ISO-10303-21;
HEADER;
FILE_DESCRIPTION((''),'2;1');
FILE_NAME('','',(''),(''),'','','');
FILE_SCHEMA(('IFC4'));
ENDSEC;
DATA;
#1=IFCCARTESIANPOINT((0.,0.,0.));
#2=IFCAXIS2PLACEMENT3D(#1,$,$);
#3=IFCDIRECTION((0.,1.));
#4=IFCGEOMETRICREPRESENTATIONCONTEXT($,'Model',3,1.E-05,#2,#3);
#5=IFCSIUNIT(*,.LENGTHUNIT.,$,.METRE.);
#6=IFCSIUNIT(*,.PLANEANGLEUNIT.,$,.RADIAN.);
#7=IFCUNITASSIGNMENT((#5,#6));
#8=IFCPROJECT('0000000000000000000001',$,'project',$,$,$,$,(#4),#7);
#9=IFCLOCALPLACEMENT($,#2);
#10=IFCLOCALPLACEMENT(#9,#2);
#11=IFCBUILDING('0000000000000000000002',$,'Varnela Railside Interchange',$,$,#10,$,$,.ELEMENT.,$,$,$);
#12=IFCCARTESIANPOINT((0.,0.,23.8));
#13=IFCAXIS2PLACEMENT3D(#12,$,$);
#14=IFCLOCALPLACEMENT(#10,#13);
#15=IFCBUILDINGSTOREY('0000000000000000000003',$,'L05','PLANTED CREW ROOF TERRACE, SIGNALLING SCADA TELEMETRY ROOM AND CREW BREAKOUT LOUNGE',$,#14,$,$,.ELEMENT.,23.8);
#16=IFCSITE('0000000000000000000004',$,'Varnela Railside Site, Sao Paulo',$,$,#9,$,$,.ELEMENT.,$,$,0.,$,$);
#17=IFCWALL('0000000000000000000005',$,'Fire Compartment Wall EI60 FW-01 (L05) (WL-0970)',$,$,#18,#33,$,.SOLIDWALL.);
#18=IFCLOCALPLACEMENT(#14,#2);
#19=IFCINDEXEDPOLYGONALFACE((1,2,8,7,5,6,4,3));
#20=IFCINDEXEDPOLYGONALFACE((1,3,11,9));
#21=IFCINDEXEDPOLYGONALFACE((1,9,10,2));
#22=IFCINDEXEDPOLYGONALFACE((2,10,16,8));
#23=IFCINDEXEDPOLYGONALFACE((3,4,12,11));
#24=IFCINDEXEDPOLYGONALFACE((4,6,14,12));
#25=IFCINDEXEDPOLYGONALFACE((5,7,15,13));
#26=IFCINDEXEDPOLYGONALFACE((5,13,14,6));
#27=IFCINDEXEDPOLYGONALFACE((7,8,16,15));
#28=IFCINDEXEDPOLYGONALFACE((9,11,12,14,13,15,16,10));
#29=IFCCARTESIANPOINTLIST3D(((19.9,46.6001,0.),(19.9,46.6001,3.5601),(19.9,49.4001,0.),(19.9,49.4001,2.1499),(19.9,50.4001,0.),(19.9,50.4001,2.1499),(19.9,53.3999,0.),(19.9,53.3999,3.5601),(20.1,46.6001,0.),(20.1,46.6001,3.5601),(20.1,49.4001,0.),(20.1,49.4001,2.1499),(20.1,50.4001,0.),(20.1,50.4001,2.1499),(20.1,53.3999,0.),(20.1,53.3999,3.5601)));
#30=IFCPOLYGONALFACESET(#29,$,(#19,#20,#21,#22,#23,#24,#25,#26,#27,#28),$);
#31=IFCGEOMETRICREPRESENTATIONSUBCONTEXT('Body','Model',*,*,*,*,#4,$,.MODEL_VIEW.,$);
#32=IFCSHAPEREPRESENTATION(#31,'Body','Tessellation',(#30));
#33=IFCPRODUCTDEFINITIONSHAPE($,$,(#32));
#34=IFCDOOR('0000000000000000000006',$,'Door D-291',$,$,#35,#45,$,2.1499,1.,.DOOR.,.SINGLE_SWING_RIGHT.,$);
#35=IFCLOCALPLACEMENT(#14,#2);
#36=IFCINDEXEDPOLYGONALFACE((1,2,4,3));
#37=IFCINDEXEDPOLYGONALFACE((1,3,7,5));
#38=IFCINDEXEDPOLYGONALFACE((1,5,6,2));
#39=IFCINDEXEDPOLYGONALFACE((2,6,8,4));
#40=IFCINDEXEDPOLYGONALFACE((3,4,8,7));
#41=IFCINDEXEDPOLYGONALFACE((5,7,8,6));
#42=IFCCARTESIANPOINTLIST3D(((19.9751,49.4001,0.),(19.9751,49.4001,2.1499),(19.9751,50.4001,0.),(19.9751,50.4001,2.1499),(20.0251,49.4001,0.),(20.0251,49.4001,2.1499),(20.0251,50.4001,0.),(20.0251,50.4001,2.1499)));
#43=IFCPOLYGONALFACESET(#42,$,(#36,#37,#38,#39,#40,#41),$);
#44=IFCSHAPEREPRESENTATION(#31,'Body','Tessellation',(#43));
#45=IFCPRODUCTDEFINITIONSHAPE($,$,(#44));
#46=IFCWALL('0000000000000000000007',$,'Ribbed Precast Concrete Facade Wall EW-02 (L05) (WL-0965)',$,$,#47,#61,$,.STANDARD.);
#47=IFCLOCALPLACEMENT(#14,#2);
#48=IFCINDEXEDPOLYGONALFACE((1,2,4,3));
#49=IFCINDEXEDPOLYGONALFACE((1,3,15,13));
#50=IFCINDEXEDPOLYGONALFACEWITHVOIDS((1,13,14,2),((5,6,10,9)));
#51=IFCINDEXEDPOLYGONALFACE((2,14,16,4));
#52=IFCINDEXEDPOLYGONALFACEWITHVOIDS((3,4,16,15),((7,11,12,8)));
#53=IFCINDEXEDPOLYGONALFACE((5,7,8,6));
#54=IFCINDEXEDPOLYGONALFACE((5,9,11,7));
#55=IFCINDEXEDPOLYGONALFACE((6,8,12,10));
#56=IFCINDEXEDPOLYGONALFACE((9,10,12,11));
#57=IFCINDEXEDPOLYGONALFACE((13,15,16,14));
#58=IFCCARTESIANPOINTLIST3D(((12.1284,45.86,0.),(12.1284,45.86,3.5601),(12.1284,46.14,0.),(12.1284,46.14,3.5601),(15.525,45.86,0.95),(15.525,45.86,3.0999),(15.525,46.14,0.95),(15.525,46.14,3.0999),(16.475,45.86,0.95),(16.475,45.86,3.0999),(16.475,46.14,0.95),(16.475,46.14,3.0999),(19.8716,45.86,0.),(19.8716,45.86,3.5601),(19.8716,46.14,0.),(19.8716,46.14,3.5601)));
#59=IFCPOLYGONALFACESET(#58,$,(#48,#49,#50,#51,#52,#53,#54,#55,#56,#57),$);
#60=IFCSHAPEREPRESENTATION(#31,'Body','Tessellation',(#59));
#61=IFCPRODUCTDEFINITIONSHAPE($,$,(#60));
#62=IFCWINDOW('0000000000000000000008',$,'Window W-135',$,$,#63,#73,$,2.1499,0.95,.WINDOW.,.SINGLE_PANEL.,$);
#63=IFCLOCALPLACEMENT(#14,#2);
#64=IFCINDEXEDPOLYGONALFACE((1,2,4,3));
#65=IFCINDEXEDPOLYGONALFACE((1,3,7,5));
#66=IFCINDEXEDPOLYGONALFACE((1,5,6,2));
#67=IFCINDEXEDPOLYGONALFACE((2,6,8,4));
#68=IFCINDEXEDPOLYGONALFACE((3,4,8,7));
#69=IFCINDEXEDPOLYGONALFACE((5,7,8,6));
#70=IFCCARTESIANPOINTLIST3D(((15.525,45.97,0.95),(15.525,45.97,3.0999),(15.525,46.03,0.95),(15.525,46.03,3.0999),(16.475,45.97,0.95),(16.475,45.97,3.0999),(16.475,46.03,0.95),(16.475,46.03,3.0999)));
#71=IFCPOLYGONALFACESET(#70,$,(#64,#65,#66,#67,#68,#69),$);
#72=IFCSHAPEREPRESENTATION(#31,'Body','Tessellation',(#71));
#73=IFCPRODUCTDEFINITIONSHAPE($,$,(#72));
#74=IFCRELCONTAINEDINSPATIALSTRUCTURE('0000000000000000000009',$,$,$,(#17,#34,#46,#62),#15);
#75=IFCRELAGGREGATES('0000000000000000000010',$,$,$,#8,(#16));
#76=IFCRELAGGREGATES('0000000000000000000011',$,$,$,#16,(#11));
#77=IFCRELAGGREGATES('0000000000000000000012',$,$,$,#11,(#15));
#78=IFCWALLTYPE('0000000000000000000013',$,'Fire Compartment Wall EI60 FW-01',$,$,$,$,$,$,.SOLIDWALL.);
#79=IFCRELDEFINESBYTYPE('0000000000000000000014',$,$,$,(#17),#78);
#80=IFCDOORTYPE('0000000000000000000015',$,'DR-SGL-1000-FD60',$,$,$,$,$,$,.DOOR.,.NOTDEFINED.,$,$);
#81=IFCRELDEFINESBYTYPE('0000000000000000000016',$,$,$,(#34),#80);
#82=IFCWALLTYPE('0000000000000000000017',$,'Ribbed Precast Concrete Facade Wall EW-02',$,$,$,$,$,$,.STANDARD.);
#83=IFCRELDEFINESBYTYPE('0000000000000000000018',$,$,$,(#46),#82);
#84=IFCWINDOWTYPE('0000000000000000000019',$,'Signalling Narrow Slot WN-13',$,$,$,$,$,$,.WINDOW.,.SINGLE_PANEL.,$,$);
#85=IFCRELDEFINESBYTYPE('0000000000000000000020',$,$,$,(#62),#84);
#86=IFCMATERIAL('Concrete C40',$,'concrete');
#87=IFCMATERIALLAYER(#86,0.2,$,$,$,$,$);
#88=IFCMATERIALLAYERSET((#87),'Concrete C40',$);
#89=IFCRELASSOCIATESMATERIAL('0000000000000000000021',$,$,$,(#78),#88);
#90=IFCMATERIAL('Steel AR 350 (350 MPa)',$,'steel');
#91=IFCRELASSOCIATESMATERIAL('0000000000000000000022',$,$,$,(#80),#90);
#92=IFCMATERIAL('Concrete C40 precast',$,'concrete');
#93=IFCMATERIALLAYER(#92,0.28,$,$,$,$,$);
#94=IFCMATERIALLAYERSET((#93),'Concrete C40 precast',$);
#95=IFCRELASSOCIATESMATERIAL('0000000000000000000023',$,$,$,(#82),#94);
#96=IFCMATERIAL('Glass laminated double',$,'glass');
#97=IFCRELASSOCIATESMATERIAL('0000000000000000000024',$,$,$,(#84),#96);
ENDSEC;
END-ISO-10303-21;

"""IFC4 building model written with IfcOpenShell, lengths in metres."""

from ifc_helpers import new_model, si_unit, direction, frame, frame_2d, origin, place, context, subcontext, project, spatial, rectangle, extrude, material, layer, layer_set, type_object, element, fill, save


model = new_model("IFC4")

# Units and contexts
model_context = context("Model", 3, precision=1e-05, world=origin(), true_north=direction((0.0, 1.0)))
body_context = subcontext(model_context, "Body", "Model", "MODEL_VIEW")
ifc_project = project(units=[si_unit("LENGTHUNIT", "METRE"), si_unit("PLANEANGLEUNIT", "RADIAN")], contexts=[model_context])

# Site, building, storey
site_placement = place(None, origin())
site = spatial("IfcSite", under=ifc_project, at=site_placement, Name="Varnela Railside Site, Sao Paulo", CompositionType="ELEMENT", RefElevation=0.0)
building_placement = place(site_placement, origin())
building = spatial("IfcBuilding", under=site, at=building_placement, Name="Varnela Railside Interchange", CompositionType="ELEMENT")
storey_placement = place(building_placement, frame((0.0, 0.0, 23.8)))
storey = spatial("IfcBuildingStorey", under=building, at=storey_placement, Name="L05", Description="PLANTED CREW ROOF TERRACE, SIGNALLING SCADA TELEMETRY ROOM AND CREW BREAKOUT LOUNGE", CompositionType="ELEMENT", Elevation=23.8)

# Shared definitions
ifc_material_1 = material(Name="Steel AR 350 (350 MPa)", Category="steel")

# Shared definitions
ifc_material_2 = material(Name="Glass laminated double", Category="glass")

# Wall, opening, door
ifc_material_3 = material(Name="Concrete C40", Category="concrete")
ifc_layer_1 = layer(ifc_material_3, 0.2)
ifc_layer_set_1 = layer_set([ifc_layer_1], Name="Concrete C40")
wall_type_1 = type_object("IfcWallType", Name="Fire Compartment Wall EI60 FW-01", PredefinedType="SOLIDWALL", material=ifc_layer_set_1)
wall_1_placement = place(storey_placement, frame((20.0, 46.6001, 0.0), z_axis=(0.0, 0.0, 1.0), x_axis=(0.0, 1.0, 0.0)))
wall_1 = element("IfcWall", 1, at=wall_1_placement, inside=storey, type_object=wall_type_1, Name="Fire Compartment Wall EI60 FW-01 (L05) (WL-0970)", PredefinedType="SOLIDWALL", context=body_context, shape_type="SweptSolid", body=[
    extrude(rectangle(XDim=6.7998, YDim=0.2, at=frame_2d((3.3999, 0.0))), origin(), (0.0, 0.0, 1.0), 3.5601),
])
opening_1_placement = place(wall_1_placement, frame((2.8, 0.0, 0.0)))
opening_1 = element("IfcOpeningElement", 2, at=opening_1_placement, cuts=wall_1, PredefinedType="OPENING", context=body_context, shape_type="SweptSolid", body=[
    extrude(rectangle(XDim=1.0, YDim=2.1499, at=frame_2d((0.5, 1.075))), frame((0.0, 0.1099, 0.0), z_axis=(0.0, -1.0, 0.0), x_axis=(1.0, 0.0, 0.0)), (0.0, 0.0, 1.0), 0.22),
])
door_type = type_object("IfcDoorType", Name="DR-SGL-1000-FD60", OperationType="NOTDEFINED", PredefinedType="DOOR", material=ifc_material_1)
door_placement = place(opening_1_placement, origin())
door = element("IfcDoor", 3, at=door_placement, inside=storey, type_object=door_type, Name="Door D-291", OperationType="SINGLE_SWING_RIGHT", OverallHeight=2.1499, OverallWidth=1.0, PredefinedType="DOOR", context=body_context, shape_type="SweptSolid", body=[
    extrude(rectangle(XDim=1.0, YDim=2.1499, at=frame_2d((0.5, 1.075))), frame((0.0, 0.0249, 0.0), z_axis=(0.0, -1.0, 0.0), x_axis=(1.0, 0.0, 0.0)), (0.0, 0.0, 1.0), 0.05),
])
fill(opening_1, door)

# Wall, opening, window
ifc_material_4 = material(Name="Concrete C40 precast", Category="concrete")
ifc_layer_2 = layer(ifc_material_4, 0.28)
ifc_layer_set_2 = layer_set([ifc_layer_2], Name="Concrete C40 precast")
wall_type_2 = type_object("IfcWallType", Name="Ribbed Precast Concrete Facade Wall EW-02", PredefinedType="STANDARD", material=ifc_layer_set_2)
wall_2_placement = place(storey_placement, frame((19.8716, 46.0, 0.0), z_axis=(0.0, 0.0, 1.0), x_axis=(-1.0, 0.0, 0.0)))
wall_2 = element("IfcWall", 4, at=wall_2_placement, inside=storey, type_object=wall_type_2, Name="Ribbed Precast Concrete Facade Wall EW-02 (L05) (WL-0965)", PredefinedType="STANDARD", context=body_context, shape_type="SweptSolid", body=[
    extrude(rectangle(XDim=7.7432, YDim=0.28, at=frame_2d((3.8716, 0.0))), origin(), (0.0, 0.0, 1.0), 3.5601),
])
opening_2_placement = place(wall_2_placement, frame((3.3965, 0.0, 0.95)))
opening_2 = element("IfcOpeningElement", 5, at=opening_2_placement, cuts=wall_2, PredefinedType="OPENING", context=body_context, shape_type="SweptSolid", body=[
    extrude(rectangle(XDim=0.95, YDim=2.1499, at=frame_2d((0.4751, 1.075))), frame((0.0, 0.1499, 0.0), z_axis=(0.0, -1.0, 0.0), x_axis=(1.0, 0.0, 0.0)), (0.0, 0.0, 1.0), 0.3),
])
window_type = type_object("IfcWindowType", Name="Signalling Narrow Slot WN-13", PartitioningType="SINGLE_PANEL", PredefinedType="WINDOW", material=ifc_material_2)
window_placement = place(opening_2_placement, origin())
window = element("IfcWindow", 6, at=window_placement, inside=storey, type_object=window_type, Name="Window W-135", OverallHeight=2.1499, OverallWidth=0.95, PartitioningType="SINGLE_PANEL", PredefinedType="WINDOW", context=body_context, shape_type="SweptSolid", body=[
    extrude(rectangle(XDim=0.95, YDim=2.1499, at=frame_2d((0.4751, 1.075))), frame((0.0, 0.03, 0.0), z_axis=(0.0, -1.0, 0.0), x_axis=(1.0, 0.0, 0.0)), (0.0, 0.0, 1.0), 0.0601),
])
fill(opening_2, window)

save(model, "model.ifc")
